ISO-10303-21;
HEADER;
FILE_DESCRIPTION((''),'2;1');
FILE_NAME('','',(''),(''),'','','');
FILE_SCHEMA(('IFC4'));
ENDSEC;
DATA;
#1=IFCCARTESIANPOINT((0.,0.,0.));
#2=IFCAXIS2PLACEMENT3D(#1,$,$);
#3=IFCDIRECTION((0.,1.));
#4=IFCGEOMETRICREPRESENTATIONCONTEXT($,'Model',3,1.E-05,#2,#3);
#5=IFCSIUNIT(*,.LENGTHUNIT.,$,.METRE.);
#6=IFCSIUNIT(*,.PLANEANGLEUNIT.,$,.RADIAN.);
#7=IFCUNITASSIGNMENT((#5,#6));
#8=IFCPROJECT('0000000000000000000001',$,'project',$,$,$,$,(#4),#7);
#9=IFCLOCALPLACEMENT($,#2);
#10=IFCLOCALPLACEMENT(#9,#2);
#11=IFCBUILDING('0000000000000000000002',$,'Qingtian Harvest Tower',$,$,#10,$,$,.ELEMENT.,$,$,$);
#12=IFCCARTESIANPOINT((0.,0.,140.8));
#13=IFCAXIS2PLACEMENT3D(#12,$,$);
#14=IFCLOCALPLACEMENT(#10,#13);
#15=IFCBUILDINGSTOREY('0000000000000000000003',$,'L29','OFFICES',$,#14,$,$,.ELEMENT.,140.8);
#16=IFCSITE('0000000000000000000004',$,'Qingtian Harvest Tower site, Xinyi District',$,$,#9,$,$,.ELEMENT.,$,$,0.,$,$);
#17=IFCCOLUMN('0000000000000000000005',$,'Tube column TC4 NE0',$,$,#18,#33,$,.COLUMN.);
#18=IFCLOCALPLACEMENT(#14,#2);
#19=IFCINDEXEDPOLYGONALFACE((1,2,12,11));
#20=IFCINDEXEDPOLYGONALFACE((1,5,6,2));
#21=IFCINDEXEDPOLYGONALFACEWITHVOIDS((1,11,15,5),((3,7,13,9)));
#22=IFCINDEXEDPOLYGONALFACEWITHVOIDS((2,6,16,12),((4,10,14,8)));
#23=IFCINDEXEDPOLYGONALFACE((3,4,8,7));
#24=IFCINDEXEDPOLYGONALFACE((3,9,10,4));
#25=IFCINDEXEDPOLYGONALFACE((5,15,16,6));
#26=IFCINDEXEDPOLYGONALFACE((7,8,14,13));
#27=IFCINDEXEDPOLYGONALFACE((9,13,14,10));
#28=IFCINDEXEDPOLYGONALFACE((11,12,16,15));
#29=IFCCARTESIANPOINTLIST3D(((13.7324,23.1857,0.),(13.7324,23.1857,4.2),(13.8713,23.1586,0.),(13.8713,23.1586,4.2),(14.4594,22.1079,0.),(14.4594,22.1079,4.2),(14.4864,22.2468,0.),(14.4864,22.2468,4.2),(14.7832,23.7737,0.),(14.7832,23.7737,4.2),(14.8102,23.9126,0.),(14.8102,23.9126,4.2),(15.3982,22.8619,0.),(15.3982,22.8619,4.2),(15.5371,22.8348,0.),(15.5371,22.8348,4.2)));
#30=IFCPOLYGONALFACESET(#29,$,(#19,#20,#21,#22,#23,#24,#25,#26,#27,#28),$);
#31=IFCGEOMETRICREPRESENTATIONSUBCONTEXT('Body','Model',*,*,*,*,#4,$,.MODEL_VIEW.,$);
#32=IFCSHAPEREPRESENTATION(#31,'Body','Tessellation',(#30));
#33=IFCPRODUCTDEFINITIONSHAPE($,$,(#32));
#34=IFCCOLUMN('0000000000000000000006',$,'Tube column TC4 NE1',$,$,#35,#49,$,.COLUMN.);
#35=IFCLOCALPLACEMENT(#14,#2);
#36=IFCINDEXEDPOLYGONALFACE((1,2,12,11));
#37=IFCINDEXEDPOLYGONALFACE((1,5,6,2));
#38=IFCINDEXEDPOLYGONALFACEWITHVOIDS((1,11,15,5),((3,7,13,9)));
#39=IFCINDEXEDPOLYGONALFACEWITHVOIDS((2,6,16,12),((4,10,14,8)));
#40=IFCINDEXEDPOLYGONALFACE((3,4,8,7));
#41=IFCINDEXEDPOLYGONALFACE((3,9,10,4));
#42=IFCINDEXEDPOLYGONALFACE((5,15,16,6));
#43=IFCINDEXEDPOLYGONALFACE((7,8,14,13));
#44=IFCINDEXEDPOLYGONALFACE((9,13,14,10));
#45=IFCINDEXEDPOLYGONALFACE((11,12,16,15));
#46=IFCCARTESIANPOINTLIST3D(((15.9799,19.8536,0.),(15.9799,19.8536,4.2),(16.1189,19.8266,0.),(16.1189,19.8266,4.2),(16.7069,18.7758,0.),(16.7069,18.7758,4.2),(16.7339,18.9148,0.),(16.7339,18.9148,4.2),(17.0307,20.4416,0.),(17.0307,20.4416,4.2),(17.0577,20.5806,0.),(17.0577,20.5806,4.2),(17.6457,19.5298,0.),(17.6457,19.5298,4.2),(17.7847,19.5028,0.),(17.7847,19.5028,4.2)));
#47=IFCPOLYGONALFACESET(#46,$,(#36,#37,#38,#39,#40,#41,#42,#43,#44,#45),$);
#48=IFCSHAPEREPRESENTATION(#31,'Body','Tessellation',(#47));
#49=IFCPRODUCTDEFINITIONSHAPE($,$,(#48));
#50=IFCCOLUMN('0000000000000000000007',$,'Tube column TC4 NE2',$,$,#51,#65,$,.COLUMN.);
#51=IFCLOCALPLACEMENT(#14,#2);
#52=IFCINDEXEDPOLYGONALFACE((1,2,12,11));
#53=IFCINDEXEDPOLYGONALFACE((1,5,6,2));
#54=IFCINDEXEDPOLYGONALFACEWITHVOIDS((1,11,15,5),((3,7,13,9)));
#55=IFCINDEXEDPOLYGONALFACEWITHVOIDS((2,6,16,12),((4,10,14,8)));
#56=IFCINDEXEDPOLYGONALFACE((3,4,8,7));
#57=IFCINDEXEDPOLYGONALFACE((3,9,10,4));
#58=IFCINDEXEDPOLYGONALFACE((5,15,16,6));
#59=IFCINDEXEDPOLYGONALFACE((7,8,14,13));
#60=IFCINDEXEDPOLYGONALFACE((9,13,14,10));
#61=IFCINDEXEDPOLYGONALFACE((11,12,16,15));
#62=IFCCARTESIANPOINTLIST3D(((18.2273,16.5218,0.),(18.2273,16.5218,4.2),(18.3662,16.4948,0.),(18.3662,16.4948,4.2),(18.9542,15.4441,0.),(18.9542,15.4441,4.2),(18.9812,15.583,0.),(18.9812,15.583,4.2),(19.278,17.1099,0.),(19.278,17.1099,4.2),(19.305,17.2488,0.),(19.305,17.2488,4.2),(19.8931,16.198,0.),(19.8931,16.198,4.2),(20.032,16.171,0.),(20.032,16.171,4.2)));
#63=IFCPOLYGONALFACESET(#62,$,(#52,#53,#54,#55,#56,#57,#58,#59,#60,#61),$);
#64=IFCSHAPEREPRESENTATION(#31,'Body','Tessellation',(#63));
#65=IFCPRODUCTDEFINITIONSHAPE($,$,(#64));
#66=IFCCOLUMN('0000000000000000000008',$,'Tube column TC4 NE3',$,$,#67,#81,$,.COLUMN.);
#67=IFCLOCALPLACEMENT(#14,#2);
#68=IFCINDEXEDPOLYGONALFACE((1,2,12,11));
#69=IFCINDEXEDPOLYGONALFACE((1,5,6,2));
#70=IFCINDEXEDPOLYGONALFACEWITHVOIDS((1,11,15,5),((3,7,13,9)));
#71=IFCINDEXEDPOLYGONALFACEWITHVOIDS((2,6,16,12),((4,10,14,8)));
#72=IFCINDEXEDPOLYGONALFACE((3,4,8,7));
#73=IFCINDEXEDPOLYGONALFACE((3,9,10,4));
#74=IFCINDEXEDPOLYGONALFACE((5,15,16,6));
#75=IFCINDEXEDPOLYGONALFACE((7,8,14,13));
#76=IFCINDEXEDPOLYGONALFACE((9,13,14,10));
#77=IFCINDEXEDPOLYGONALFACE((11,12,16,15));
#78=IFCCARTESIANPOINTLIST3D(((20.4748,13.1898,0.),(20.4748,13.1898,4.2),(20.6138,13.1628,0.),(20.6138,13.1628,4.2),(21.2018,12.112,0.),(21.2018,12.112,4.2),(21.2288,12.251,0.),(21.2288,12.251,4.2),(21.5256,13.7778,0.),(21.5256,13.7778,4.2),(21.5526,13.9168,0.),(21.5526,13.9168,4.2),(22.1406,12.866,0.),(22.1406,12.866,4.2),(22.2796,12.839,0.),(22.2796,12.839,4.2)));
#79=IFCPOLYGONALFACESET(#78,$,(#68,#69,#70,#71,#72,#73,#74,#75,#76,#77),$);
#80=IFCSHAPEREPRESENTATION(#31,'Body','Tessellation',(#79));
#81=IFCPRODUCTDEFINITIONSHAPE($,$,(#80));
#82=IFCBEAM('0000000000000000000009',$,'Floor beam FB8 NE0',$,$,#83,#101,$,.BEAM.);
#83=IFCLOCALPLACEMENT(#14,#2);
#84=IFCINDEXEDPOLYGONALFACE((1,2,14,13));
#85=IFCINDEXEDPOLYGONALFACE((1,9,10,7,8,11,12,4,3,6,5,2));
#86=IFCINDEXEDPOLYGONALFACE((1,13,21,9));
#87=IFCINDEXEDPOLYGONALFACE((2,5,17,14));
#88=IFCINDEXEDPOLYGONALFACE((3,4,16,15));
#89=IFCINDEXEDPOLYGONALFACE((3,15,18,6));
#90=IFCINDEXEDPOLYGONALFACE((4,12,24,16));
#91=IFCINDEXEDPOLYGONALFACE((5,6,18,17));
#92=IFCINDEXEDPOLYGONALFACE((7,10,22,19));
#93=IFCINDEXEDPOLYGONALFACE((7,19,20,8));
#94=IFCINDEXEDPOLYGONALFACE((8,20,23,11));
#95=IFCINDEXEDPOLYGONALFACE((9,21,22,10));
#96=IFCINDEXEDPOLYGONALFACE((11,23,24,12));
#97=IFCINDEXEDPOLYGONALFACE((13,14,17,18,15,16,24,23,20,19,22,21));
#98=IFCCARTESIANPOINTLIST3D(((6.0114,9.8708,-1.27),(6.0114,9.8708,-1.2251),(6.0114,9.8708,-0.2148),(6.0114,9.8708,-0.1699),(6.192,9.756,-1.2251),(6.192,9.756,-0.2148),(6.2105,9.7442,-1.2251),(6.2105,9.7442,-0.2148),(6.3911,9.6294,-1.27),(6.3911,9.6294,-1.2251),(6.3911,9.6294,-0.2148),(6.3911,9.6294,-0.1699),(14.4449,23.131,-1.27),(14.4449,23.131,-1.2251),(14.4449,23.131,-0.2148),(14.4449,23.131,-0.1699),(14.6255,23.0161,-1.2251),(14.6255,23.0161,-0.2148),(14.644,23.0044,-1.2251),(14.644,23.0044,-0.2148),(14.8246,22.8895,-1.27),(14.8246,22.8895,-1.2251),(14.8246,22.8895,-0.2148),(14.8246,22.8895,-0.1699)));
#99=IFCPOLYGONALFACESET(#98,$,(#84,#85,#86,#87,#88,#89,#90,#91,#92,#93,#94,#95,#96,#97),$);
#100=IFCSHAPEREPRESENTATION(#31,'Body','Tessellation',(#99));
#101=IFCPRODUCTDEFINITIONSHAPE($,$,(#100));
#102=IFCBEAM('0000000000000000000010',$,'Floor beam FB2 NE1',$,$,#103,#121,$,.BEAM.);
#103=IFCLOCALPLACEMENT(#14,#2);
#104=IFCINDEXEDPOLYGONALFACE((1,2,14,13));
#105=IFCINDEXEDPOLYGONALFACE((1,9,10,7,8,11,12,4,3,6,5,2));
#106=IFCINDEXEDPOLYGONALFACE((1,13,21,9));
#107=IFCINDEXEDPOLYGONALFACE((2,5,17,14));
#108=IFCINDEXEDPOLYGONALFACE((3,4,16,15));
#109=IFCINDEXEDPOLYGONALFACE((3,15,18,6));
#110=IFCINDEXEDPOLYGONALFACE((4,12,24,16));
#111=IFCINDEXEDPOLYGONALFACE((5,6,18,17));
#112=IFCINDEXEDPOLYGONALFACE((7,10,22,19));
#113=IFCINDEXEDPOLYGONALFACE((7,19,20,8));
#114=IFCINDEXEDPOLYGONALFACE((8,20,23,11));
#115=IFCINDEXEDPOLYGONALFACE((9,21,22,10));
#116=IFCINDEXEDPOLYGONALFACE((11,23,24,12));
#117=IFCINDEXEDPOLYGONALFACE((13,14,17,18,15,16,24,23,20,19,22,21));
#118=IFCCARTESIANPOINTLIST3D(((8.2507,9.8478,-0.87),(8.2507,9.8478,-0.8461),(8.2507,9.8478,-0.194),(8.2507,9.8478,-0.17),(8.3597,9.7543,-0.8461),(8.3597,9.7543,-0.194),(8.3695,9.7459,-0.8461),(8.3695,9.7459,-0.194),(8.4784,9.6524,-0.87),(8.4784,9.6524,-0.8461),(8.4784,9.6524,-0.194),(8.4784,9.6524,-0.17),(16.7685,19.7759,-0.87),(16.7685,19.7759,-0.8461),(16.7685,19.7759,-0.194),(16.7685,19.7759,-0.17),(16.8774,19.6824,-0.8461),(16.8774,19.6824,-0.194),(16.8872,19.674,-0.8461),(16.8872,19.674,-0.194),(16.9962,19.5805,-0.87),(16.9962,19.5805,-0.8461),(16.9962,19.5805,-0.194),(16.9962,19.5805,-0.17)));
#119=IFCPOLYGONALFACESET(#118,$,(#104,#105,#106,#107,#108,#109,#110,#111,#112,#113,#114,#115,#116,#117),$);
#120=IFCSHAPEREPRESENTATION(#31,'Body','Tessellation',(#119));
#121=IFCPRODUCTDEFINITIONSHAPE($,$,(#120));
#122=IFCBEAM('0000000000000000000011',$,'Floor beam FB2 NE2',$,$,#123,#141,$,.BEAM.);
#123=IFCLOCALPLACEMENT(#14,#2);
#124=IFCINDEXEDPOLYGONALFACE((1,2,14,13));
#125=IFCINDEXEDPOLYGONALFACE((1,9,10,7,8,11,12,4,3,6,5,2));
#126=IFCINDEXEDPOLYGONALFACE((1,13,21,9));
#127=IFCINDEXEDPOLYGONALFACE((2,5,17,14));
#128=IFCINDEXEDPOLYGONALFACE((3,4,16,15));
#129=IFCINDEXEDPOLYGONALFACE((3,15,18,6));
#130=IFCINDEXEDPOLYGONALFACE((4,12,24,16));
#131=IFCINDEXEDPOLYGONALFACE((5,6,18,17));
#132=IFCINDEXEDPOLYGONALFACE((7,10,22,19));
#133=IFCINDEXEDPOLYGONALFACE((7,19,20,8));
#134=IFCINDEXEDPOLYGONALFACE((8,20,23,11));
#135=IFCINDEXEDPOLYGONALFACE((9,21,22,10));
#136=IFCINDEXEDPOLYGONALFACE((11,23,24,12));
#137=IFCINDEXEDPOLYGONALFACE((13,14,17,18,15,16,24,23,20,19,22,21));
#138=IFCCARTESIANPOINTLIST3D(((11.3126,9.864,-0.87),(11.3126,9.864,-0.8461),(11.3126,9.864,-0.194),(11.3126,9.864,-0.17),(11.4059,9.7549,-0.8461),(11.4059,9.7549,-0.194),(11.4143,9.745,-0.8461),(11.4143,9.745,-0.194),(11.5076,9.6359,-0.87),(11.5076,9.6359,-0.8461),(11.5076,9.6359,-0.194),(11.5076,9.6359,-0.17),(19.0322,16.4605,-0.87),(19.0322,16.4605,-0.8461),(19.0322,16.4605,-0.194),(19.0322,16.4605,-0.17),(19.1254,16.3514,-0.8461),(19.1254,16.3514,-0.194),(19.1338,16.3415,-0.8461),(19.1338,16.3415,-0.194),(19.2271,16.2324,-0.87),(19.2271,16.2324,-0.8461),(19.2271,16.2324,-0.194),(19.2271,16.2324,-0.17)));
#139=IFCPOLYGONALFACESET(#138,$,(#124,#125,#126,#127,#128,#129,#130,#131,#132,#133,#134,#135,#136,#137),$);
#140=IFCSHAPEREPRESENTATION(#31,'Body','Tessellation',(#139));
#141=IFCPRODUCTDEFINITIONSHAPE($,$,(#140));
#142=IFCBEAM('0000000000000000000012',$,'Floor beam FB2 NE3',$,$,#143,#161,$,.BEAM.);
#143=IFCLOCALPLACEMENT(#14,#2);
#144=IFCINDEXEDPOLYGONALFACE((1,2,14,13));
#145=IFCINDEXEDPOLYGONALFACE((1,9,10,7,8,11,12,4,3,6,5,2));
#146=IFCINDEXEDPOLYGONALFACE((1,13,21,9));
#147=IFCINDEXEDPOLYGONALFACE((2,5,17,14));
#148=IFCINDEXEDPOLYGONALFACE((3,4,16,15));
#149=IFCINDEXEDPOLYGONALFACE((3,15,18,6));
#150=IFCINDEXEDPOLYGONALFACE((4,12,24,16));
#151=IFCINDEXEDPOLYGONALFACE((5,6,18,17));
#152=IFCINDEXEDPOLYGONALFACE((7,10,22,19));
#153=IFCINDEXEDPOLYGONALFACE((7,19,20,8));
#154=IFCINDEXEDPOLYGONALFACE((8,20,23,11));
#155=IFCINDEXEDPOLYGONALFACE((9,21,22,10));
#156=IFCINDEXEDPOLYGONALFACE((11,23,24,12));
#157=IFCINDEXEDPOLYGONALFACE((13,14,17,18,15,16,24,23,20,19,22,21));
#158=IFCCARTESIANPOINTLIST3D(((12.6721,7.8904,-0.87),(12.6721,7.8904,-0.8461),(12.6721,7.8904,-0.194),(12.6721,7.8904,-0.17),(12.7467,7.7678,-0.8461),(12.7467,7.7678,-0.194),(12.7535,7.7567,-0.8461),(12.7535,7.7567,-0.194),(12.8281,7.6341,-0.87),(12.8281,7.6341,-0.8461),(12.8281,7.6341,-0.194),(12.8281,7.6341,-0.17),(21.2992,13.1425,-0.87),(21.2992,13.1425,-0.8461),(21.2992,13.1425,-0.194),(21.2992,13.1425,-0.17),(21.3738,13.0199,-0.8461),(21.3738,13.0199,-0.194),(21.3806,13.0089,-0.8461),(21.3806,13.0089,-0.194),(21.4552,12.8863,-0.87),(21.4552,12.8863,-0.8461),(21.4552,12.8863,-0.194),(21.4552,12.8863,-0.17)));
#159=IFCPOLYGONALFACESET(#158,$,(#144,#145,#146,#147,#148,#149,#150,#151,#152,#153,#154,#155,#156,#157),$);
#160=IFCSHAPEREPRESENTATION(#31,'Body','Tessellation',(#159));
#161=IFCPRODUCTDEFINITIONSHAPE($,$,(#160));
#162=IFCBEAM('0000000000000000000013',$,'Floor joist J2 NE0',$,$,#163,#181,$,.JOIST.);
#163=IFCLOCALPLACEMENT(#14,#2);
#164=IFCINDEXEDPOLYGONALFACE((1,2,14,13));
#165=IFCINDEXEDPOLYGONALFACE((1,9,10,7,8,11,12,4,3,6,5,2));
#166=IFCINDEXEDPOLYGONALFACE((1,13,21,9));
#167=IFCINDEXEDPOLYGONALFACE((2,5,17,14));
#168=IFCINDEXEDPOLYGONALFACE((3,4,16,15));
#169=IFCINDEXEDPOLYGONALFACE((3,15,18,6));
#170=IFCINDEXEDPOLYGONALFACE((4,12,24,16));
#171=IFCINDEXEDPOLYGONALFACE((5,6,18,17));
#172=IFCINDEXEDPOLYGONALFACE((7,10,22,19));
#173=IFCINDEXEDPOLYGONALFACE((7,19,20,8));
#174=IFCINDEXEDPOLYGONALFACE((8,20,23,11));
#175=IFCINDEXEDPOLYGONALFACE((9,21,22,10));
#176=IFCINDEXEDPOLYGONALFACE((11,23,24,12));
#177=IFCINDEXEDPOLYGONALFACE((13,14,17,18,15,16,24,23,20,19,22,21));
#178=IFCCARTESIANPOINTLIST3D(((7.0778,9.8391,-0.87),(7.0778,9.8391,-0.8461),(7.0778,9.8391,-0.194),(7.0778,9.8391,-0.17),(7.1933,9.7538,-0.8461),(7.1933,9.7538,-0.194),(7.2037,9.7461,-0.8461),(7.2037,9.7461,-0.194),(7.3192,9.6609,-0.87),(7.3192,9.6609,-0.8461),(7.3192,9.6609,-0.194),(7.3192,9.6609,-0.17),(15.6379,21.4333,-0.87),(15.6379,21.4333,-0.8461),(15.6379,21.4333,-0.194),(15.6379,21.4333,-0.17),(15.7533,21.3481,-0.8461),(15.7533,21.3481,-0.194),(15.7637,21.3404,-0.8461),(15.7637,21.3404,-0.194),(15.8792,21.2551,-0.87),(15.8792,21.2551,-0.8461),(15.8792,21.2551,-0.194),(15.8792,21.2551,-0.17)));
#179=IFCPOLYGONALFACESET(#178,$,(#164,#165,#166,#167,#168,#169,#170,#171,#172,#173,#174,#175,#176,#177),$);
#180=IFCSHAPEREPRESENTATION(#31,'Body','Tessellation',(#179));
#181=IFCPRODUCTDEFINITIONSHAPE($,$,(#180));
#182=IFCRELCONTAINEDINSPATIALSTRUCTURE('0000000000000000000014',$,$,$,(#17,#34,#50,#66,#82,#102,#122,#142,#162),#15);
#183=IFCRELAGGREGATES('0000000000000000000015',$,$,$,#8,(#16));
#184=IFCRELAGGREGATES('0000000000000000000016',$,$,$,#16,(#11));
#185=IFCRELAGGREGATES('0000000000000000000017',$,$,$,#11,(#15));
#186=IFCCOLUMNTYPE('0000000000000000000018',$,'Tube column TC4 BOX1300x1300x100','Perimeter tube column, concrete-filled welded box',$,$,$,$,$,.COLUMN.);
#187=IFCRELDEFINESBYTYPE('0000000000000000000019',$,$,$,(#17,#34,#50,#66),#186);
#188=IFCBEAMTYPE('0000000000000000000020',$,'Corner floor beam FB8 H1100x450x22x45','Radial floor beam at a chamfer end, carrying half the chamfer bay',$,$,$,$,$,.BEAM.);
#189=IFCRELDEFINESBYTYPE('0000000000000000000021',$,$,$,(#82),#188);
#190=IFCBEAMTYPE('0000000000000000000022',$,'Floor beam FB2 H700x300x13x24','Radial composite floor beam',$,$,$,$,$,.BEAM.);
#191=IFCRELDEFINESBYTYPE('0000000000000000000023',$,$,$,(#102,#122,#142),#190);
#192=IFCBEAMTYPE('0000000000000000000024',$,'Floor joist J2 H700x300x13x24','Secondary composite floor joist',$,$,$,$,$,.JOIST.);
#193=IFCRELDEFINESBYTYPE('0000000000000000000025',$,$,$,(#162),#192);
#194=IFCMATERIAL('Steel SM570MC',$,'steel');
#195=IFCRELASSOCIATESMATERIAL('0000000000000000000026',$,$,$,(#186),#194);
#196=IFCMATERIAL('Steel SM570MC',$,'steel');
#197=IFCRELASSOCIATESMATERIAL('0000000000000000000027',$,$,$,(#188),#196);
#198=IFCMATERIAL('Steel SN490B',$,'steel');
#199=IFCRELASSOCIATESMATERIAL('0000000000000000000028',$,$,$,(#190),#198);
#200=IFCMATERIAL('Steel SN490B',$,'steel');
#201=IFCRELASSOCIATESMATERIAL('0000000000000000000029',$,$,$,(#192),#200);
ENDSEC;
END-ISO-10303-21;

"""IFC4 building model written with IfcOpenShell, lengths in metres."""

from ifc_helpers import new_model, si_unit, direction, frame, origin, origin_2d, place, context, subcontext, project, spatial, hollow_rectangle, i_section, extrude, material, material_profile, profile_set, type_object, element, save


model = new_model("IFC4")

# Units and contexts
model_context = context("Model", 3, precision=1e-05, world=origin(), true_north=direction((0.0, 1.0)))
body_context = subcontext(model_context, "Body", "Model", "MODEL_VIEW")
ifc_project = project(units=[si_unit("LENGTHUNIT", "METRE"), si_unit("PLANEANGLEUNIT", "RADIAN")], contexts=[model_context])

# Site, building, storey
site_placement = place(None, origin())
site = spatial("IfcSite", under=ifc_project, at=site_placement, Name="Qingtian Harvest Tower site, Xinyi District", CompositionType="ELEMENT", RefElevation=0.0)
building_placement = place(site_placement, origin())
building = spatial("IfcBuilding", under=site, at=building_placement, Name="Qingtian Harvest Tower", CompositionType="ELEMENT")
storey_placement = place(building_placement, frame((0.0, 0.0, 140.8)))
storey = spatial("IfcBuildingStorey", under=building, at=storey_placement, Name="L29", Description="OFFICES", CompositionType="ELEMENT", Elevation=140.8)

# Columns
ifc_material_1 = material(Name="Steel SM570MC", Category="steel")
ifc_material_profile_1 = material_profile(ifc_material_1, hollow_rectangle(XDim=1.3, YDim=1.3, WallThickness=0.1001, at=origin_2d()), Name="BOX1300x1300x100")
ifc_profile_set_1 = profile_set([ifc_material_profile_1], Name="Steel SM570MC")
column_type = type_object("IfcColumnType", Name="Tube column TC4 BOX1300x1300x100", Description="Perimeter tube column, concrete-filled welded box", PredefinedType="COLUMN", material=ifc_profile_set_1)
for number, where, z_axis, x_axis, name in (
    (1, (14.6348, 23.0103, 0.0), (0.0, 0.0, 1.0), (-0.559193, 0.829038, 0.0), "Tube column TC4 NE0"),
    (2, (16.8823, 19.6782, 0.0), (0.0, 0.0, 1.0), (-0.559193, 0.829038, 0.0), "Tube column TC4 NE1"),
    (3, (19.1296, 16.3464, 0.0), (0.0, 0.0, 1.0), (-0.559193, 0.829038, 0.0), "Tube column TC4 NE2"),
    (4, (21.3772, 13.0144, 0.0), (0.0, 0.0, 1.0), (-0.559193, 0.829038, 0.0), "Tube column TC4 NE3"),
):
    element("IfcColumn", number, at=place(storey_placement, frame(where, z_axis=z_axis, x_axis=x_axis)), inside=storey, type_object=column_type, Name=name, PredefinedType="COLUMN", context=body_context, shape_type="SweptSolid", body=[
        extrude(hollow_rectangle(XDim=1.3, YDim=1.3, WallThickness=0.1001, at=origin_2d()), origin(), (0.0, 0.0, 1.0), 4.2),
    ])

# Beams
ifc_material_2 = material(Name="Steel SM570MC", Category="steel")
ifc_material_profile_2 = material_profile(ifc_material_2, i_section(OverallWidth=0.45, OverallDepth=1.1001, WebThickness=0.022, FlangeThickness=0.0449, at=origin_2d()), Name="H1100x450x22x45")
ifc_profile_set_2 = profile_set([ifc_material_profile_2], Name="Steel SM570MC")
beam_type_1 = type_object("IfcBeamType", Name="Corner floor beam FB8 H1100x450x22x45", Description="Radial floor beam at a chamfer end, carrying half the chamfer bay", PredefinedType="BEAM", material=ifc_profile_set_2)
beam_1_placement = place(storey_placement, frame((14.6348, 23.0103, -0.72), z_axis=(-0.53666, -0.843798, 0.0), x_axis=(0.843798, -0.53666, 0.0)))
element("IfcBeam", 5, at=beam_1_placement, inside=storey, type_object=beam_type_1, Name="Floor beam FB8 NE0", PredefinedType="BEAM", context=body_context, shape_type="SweptSolid", body=[
    extrude(i_section(OverallWidth=0.45, OverallDepth=1.1001, WebThickness=0.022, FlangeThickness=0.0449, at=origin_2d()), origin(), (0.0, 0.0, 1.0), 15.7148),
])
ifc_material_3 = material(Name="Steel SN490B", Category="steel")
ifc_material_profile_3 = material_profile(ifc_material_3, i_section(OverallWidth=0.3, OverallDepth=0.7, WebThickness=0.0129, FlangeThickness=0.0239, at=origin_2d()), Name="H700x300x13x24")
ifc_profile_set_3 = profile_set([ifc_material_profile_3], Name="Steel SN490B")
beam_type_2 = type_object("IfcBeamType", Name="Floor beam FB2 H700x300x13x24", Description="Radial composite floor beam", PredefinedType="BEAM", material=ifc_profile_set_3)
beam_2_placement = place(storey_placement, frame((16.8823, 19.6782, -0.52), z_axis=(-0.65114, -0.758957, 0.0), x_axis=(0.758957, -0.65114, 0.0)))
element("IfcBeam", 6, at=beam_2_placement, inside=storey, type_object=beam_type_2, Name="Floor beam FB2 NE1", PredefinedType="BEAM", context=body_context, shape_type="SweptSolid", body=[
    extrude(i_section(OverallWidth=0.3, OverallDepth=0.7, WebThickness=0.0129, FlangeThickness=0.0239, at=origin_2d()), origin(), (0.0, 0.0, 1.0), 13.0813),
])
beam_3_placement = place(storey_placement, frame((19.1296, 16.3464, -0.52), z_axis=(-0.760242, -0.64964, 0.0), x_axis=(0.64964, -0.760242, 0.0)))
element("IfcBeam", 7, at=beam_3_placement, inside=storey, type_object=beam_type_2, Name="Floor beam FB2 NE2", PredefinedType="BEAM", context=body_context, shape_type="SweptSolid", body=[
    extrude(i_section(OverallWidth=0.3, OverallDepth=0.7, WebThickness=0.0129, FlangeThickness=0.0239, at=origin_2d()), origin(), (0.0, 0.0, 1.0), 10.1541),
])
beam_4_placement = place(storey_placement, frame((21.3772, 13.0144, -0.52), z_axis=(-0.854161, -0.520009, 0.0), x_axis=(0.520009, -0.854161, 0.0)))
element("IfcBeam", 8, at=beam_4_placement, inside=storey, type_object=beam_type_2, Name="Floor beam FB2 NE3", PredefinedType="BEAM", context=body_context, shape_type="SweptSolid", body=[
    extrude(i_section(OverallWidth=0.3, OverallDepth=0.7, WebThickness=0.0129, FlangeThickness=0.0239, at=origin_2d()), origin(), (0.0, 0.0, 1.0), 10.1001),
])
ifc_material_4 = material(Name="Steel SN490B", Category="steel")
ifc_material_profile_4 = material_profile(ifc_material_4, i_section(OverallWidth=0.3, OverallDepth=0.7, WebThickness=0.0129, FlangeThickness=0.0239, at=origin_2d()), Name="H700x300x13x24")
ifc_profile_set_4 = profile_set([ifc_material_profile_4], Name="Steel SN490B")
beam_type_3 = type_object("IfcBeamType", Name="Floor joist J2 H700x300x13x24", Description="Secondary composite floor joist", PredefinedType="JOIST", material=ifc_profile_set_4)
beam_5_placement = place(storey_placement, frame((15.7585, 21.3442, -0.52), z_axis=(-0.59396, -0.804494, 0.0), x_axis=(0.804494, -0.59396, 0.0)))
element("IfcBeam", 9, at=beam_5_placement, inside=storey, type_object=beam_type_3, Name="Floor joist J2 NE0", PredefinedType="JOIST", context=body_context, shape_type="SweptSolid", body=[
    extrude(i_section(OverallWidth=0.3, OverallDepth=0.7, WebThickness=0.0129, FlangeThickness=0.0239, at=origin_2d()), origin(), (0.0, 0.0, 1.0), 14.4119),
])

save(model, "model.ifc")
